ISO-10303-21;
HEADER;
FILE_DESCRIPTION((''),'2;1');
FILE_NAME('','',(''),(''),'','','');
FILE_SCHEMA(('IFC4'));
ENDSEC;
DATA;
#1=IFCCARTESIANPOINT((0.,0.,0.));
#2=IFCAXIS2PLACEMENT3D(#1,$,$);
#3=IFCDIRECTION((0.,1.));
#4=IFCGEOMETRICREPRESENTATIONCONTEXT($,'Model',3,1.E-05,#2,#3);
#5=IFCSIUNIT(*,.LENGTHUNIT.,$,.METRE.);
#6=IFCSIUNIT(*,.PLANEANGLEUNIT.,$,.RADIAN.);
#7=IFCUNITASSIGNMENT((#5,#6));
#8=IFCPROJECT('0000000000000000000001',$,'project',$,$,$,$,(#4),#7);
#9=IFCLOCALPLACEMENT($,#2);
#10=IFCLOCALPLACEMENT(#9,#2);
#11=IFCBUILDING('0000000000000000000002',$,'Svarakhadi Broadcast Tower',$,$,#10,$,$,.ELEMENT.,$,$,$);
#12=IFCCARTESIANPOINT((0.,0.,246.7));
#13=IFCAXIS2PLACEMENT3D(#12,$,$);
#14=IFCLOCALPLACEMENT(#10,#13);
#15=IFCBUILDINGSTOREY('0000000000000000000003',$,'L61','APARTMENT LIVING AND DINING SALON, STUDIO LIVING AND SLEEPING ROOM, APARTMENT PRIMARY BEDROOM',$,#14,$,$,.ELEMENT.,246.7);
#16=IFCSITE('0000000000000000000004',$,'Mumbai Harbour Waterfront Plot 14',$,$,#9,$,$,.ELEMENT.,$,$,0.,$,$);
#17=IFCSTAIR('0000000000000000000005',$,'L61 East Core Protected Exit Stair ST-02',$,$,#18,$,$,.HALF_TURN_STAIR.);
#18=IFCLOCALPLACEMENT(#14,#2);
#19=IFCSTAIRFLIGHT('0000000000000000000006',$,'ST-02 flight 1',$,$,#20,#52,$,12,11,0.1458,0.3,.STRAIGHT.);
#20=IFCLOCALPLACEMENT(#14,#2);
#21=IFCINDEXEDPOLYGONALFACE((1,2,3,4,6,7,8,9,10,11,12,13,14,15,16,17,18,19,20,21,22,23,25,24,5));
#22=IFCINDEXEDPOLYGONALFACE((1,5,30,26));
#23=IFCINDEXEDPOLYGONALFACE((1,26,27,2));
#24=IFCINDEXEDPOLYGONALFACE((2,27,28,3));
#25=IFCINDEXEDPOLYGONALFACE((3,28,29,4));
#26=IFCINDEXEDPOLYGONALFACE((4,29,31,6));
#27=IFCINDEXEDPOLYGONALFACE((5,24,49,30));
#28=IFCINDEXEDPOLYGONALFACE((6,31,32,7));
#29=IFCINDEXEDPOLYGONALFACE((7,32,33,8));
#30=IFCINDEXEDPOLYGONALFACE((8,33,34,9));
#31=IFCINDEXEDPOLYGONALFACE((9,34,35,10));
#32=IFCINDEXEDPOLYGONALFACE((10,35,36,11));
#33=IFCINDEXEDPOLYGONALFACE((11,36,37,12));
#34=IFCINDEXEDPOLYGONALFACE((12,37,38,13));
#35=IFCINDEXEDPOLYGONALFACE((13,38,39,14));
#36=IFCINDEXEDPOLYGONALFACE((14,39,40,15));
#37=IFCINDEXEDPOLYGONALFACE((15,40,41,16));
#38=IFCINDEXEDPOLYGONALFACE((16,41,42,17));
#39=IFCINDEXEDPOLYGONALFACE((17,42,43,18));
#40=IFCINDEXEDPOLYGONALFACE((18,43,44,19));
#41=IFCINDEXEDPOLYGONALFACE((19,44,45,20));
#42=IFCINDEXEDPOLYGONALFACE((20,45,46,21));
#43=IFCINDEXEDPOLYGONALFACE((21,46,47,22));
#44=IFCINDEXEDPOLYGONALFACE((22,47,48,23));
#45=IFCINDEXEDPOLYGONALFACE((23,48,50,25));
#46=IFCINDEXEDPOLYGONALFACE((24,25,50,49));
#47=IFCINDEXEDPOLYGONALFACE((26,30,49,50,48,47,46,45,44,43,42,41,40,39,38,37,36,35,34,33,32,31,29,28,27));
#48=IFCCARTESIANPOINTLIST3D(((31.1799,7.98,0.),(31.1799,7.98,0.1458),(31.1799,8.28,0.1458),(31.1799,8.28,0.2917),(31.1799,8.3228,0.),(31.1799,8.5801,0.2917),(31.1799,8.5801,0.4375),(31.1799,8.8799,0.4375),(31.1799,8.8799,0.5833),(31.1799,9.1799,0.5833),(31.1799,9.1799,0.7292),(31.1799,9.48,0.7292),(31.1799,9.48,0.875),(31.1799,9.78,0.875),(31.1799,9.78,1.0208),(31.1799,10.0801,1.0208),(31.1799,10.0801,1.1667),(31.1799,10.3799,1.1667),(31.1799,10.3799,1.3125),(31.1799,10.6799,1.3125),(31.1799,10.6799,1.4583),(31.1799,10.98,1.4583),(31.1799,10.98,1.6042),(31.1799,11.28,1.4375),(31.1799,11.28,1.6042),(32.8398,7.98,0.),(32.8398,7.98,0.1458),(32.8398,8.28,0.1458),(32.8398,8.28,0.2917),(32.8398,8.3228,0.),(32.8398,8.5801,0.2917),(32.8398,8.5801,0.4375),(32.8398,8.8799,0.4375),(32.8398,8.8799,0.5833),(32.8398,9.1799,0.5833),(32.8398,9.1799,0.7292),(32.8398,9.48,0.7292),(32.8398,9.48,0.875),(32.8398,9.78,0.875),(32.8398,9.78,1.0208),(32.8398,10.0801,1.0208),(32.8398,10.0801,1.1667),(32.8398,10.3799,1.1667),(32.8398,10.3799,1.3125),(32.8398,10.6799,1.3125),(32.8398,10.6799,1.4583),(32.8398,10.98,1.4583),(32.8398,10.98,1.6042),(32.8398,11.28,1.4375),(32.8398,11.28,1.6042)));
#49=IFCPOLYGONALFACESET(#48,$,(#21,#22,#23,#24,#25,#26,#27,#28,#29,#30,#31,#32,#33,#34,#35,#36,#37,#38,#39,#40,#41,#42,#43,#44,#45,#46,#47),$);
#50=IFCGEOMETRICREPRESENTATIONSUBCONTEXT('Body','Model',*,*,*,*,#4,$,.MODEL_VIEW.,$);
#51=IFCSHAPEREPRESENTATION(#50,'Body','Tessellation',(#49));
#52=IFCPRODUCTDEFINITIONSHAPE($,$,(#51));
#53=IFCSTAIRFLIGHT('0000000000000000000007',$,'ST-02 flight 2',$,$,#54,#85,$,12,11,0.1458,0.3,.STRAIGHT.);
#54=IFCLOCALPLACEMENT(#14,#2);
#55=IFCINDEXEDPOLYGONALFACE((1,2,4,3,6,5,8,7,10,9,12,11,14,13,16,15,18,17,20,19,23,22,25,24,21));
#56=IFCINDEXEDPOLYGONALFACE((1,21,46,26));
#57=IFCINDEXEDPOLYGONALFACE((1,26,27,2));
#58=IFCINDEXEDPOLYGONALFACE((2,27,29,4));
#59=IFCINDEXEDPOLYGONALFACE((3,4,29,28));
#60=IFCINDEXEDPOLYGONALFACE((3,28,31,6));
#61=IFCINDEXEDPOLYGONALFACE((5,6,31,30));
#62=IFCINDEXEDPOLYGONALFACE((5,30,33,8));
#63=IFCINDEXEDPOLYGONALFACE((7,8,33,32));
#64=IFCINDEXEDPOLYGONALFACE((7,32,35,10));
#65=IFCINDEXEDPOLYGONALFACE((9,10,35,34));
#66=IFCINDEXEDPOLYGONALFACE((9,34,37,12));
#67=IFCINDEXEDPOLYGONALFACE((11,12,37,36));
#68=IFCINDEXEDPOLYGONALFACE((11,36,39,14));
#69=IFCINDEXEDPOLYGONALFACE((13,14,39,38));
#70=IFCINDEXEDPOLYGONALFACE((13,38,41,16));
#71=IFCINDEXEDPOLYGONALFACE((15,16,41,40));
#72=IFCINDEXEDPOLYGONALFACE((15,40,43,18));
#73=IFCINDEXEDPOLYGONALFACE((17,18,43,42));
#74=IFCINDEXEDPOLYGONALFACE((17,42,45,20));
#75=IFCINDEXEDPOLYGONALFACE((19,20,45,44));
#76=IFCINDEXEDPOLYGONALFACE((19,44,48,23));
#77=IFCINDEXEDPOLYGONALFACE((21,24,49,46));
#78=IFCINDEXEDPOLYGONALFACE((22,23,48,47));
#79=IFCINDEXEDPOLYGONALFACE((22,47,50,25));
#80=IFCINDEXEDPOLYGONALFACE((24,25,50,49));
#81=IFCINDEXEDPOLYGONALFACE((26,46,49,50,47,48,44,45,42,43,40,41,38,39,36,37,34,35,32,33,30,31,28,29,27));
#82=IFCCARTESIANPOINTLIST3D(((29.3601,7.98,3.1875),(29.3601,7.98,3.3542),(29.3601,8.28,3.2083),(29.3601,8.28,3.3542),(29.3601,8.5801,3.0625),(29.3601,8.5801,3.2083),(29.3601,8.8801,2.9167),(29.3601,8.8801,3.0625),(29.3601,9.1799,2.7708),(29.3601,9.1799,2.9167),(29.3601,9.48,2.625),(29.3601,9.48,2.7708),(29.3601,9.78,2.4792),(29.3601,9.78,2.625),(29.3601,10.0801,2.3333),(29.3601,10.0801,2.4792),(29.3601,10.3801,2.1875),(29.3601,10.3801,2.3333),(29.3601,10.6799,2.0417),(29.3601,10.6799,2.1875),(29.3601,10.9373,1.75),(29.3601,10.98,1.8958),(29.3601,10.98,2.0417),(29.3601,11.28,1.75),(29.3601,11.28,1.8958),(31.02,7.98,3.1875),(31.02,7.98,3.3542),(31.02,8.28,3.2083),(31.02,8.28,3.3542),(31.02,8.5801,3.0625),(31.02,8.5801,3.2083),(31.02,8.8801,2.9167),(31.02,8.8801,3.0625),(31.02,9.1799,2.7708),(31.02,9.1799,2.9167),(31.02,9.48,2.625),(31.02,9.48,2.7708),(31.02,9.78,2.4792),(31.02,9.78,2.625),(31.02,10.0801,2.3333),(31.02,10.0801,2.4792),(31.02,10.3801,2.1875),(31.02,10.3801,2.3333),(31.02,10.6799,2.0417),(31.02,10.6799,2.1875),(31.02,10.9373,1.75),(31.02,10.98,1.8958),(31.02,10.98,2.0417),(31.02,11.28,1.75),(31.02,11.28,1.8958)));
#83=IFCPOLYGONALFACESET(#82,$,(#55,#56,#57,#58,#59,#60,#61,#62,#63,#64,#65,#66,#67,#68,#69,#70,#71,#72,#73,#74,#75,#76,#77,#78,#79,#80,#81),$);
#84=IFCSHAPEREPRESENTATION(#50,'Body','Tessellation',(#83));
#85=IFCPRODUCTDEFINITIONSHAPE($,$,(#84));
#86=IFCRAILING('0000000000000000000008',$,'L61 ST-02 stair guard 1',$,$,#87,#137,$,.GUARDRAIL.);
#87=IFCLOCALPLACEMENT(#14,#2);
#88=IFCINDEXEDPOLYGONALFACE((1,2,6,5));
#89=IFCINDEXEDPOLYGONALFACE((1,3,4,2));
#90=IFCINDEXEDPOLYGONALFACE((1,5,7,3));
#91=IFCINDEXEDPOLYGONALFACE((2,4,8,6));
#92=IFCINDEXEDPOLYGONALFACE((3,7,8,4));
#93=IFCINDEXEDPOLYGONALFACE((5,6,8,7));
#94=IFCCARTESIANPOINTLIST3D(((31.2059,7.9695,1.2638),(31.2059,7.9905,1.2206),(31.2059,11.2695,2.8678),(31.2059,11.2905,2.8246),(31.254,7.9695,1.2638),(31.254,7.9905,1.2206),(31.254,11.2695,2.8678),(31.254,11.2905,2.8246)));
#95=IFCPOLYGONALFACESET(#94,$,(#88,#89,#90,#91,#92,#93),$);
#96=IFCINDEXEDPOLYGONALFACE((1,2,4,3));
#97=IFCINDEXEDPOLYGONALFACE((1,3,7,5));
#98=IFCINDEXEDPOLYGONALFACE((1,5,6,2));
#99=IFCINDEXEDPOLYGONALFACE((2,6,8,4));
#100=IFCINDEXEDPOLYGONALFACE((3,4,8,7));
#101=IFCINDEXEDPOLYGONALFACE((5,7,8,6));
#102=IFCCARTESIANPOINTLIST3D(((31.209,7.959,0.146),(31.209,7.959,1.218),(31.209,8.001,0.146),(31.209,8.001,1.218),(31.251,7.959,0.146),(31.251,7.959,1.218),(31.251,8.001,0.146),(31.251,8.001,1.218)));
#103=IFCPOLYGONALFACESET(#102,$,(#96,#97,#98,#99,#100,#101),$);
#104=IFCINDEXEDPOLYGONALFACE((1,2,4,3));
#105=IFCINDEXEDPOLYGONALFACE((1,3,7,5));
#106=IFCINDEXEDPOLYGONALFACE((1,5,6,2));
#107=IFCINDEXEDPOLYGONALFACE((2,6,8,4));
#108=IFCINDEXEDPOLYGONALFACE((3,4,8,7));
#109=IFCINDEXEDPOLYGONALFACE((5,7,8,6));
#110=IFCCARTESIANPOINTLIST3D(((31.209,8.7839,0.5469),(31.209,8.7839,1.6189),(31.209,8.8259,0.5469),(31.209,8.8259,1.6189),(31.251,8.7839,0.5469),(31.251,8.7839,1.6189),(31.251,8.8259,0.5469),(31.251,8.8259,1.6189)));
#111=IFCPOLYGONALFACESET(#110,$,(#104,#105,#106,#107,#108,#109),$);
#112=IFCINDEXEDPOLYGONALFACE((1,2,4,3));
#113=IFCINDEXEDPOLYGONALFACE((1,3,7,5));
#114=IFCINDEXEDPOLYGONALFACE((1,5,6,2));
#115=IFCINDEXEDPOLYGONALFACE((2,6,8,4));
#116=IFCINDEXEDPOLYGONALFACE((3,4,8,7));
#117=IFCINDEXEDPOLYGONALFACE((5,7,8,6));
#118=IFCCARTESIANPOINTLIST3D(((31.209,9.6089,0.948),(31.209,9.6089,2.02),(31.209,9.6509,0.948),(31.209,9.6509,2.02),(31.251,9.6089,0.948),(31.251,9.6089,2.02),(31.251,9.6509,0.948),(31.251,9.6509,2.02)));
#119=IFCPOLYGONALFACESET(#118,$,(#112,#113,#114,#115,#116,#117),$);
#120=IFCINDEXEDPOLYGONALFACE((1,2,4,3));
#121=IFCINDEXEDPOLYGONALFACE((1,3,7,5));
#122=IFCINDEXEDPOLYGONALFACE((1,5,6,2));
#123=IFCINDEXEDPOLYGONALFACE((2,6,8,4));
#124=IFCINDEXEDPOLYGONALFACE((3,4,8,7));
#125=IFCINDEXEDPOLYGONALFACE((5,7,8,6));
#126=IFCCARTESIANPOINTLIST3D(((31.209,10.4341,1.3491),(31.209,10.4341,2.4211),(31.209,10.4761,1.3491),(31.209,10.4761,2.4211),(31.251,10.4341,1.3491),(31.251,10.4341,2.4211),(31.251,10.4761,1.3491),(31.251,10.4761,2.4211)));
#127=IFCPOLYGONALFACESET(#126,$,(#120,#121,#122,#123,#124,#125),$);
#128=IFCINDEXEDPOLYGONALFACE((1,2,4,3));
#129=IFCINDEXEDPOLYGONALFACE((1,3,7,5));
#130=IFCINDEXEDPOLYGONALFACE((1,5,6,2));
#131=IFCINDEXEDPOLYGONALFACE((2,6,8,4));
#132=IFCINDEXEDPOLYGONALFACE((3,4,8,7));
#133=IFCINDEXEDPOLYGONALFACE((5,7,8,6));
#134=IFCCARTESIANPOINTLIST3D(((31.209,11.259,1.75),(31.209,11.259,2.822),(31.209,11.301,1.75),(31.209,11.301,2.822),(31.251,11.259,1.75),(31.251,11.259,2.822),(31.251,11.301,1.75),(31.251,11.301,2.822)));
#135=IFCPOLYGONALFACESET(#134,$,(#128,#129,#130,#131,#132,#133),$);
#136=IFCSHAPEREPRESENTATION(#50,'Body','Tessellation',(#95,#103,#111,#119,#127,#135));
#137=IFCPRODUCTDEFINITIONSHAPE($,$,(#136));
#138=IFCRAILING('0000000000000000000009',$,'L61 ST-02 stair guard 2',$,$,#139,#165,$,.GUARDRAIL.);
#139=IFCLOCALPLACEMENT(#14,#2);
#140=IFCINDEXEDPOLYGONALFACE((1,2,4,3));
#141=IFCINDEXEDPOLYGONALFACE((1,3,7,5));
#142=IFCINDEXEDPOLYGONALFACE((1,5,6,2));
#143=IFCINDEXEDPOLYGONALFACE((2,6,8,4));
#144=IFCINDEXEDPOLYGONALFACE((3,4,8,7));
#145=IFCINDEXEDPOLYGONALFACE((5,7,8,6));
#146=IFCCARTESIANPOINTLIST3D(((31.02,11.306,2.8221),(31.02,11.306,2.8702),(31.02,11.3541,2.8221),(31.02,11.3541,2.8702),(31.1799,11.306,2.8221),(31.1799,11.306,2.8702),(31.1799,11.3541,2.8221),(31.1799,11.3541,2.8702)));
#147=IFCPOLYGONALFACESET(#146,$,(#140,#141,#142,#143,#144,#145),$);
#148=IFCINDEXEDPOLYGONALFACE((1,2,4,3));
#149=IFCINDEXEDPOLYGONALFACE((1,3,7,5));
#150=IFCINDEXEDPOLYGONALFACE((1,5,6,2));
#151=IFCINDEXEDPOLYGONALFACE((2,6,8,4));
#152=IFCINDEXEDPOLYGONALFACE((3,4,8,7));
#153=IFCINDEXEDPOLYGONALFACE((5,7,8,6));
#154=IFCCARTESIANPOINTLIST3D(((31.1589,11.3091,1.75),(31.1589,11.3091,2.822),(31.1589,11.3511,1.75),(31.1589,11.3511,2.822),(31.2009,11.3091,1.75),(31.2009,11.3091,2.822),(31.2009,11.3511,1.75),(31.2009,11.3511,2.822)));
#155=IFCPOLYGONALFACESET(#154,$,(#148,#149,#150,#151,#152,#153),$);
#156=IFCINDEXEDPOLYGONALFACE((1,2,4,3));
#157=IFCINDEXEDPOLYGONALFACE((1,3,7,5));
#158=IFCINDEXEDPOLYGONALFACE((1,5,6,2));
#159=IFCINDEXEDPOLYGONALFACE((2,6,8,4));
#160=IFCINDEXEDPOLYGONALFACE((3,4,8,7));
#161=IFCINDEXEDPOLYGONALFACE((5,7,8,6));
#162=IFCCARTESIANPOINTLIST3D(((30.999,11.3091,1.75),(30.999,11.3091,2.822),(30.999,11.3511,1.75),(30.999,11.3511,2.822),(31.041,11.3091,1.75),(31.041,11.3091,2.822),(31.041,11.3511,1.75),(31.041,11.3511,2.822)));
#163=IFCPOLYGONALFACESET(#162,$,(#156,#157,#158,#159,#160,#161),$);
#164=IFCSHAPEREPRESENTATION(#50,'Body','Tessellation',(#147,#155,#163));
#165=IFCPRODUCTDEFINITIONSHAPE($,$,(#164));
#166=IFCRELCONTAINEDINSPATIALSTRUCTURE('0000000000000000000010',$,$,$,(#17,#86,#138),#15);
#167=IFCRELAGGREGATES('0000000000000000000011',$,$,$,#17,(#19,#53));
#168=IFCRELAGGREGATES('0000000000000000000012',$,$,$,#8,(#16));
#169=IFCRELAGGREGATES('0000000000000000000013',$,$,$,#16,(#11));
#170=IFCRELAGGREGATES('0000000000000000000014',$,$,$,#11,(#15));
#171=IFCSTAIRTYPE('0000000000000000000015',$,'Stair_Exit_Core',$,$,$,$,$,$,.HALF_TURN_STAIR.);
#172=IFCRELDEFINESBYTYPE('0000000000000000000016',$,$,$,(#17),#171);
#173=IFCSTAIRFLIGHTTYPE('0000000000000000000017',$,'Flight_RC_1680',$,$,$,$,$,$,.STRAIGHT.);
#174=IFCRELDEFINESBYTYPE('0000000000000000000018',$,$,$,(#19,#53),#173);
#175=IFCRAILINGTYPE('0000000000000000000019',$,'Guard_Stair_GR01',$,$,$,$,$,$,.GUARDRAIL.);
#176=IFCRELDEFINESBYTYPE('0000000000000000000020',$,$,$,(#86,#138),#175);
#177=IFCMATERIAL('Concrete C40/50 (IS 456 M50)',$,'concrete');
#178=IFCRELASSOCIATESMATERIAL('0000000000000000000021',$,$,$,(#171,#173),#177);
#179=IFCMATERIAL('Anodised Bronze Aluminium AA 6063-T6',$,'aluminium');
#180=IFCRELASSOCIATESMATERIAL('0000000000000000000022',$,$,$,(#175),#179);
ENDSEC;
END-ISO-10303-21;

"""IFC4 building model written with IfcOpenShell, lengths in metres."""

from ifc_helpers import new_model, si_unit, direction, frame, origin, origin_2d, place, context, subcontext, project, spatial, polyline, rectangle, outline, extrude, material, type_object, element, aggregate, save


model = new_model("IFC4")

# Units and contexts
model_context = context("Model", 3, precision=1e-05, world=origin(), true_north=direction((0.0, 1.0)))
body_context = subcontext(model_context, "Body", "Model", "MODEL_VIEW")
ifc_project = project(units=[si_unit("LENGTHUNIT", "METRE"), si_unit("PLANEANGLEUNIT", "RADIAN")], contexts=[model_context])

# Site, building, storey
site_placement = place(None, origin())
site = spatial("IfcSite", under=ifc_project, at=site_placement, Name="Mumbai Harbour Waterfront Plot 14", CompositionType="ELEMENT", RefElevation=0.0)
building_placement = place(site_placement, origin())
building = spatial("IfcBuilding", under=site, at=building_placement, Name="Svarakhadi Broadcast Tower", CompositionType="ELEMENT")
storey_placement = place(building_placement, frame((0.0, 0.0, 246.7)))
storey = spatial("IfcBuildingStorey", under=building, at=storey_placement, Name="L61", Description="APARTMENT LIVING AND DINING SALON, STUDIO LIVING AND SLEEPING ROOM, APARTMENT PRIMARY BEDROOM", CompositionType="ELEMENT", Elevation=246.7)

# Shared definitions
ifc_material_1 = material(Name="Anodised Bronze Aluminium AA 6063-T6", Category="aluminium")

# Shared definitions
ifc_material_2 = material(Name="Concrete C40/50 (IS 456 M50)", Category="concrete")

# Stair, stair flights
stair_type = type_object("IfcStairType", Name="Stair_Exit_Core", PredefinedType="HALF_TURN_STAIR", material=ifc_material_2)
stair_placement = place(storey_placement, origin())
stair = element("IfcStair", 1, at=stair_placement, inside=storey, type_object=stair_type, Name="L61 East Core Protected Exit Stair ST-02", PredefinedType="HALF_TURN_STAIR")
stair_flight_type = type_object("IfcStairFlightType", Name="Flight_RC_1680", PredefinedType="STRAIGHT", material=ifc_material_2)
stair_flight_1_placement = place(storey_placement, frame((32.01, 7.98, 0.0), z_axis=(0.0, 0.0, 1.0), x_axis=(0.0, 1.0, 0.0)))
stair_flight_1 = element("IfcStairFlight", 2, at=stair_flight_1_placement, type_object=stair_flight_type, Name="ST-02 flight 1", NumberOfRisers=12, NumberOfTreads=11, PredefinedType="STRAIGHT", RiserHeight=0.1458, TreadLength=0.3, context=body_context, shape_type="SweptSolid", body=[
    extrude(outline(polyline([(0.0, 0.0), (0.0, 0.1458), (0.3, 0.1458), (0.3, 0.2917), (0.6001, 0.2917), (0.6001, 0.4375), (0.8999, 0.4375), (0.8999, 0.5833), (1.2, 0.5833), (1.2, 0.7292), (1.5, 0.7292), (1.5, 0.875), (1.8, 0.875), (1.8, 1.0208), (2.1001, 1.0208), (2.1001, 1.1667), (2.3999, 1.1667), (2.3999, 1.3125), (2.7, 1.3125), (2.7, 1.4583), (3.0, 1.4583), (3.0, 1.6042), (3.3, 1.6042), (3.3, 1.75), (3.3, 1.4375), (0.3428, 0.0), (0.0, 0.0)])), frame((0.0, 0.8301, 0.0), z_axis=(0.0, -1.0, 0.0), x_axis=(1.0, 0.0, 0.0)), (0.0, 0.0, 1.0), 1.6599),
])
stair_flight_2_placement = place(storey_placement, frame((30.1899, 11.28, 1.75), z_axis=(0.0, 0.0, 1.0), x_axis=(0.0, -1.0, 0.0)))
stair_flight_2 = element("IfcStairFlight", 3, at=stair_flight_2_placement, type_object=stair_flight_type, Name="ST-02 flight 2", NumberOfRisers=12, NumberOfTreads=11, PredefinedType="STRAIGHT", RiserHeight=0.1458, TreadLength=0.3, context=body_context, shape_type="SweptSolid", body=[
    extrude(outline(polyline([(0.0, 0.0), (0.0, 0.1458), (0.3, 0.1458), (0.3, 0.2917), (0.6001, 0.2917), (0.6001, 0.4375), (0.8999, 0.4375), (0.8999, 0.5833), (1.2, 0.5833), (1.2, 0.7292), (1.5, 0.7292), (1.5, 0.875), (1.8, 0.875), (1.8, 1.0208), (2.1001, 1.0208), (2.1001, 1.1667), (2.3999, 1.1667), (2.3999, 1.3125), (2.7, 1.3125), (2.7, 1.4583), (3.0, 1.4583), (3.0, 1.6042), (3.3, 1.6042), (3.3, 1.75), (3.3, 1.4375), (0.3428, 0.0), (0.0, 0.0)])), frame((0.0, 0.8301, 0.0), z_axis=(0.0, -1.0, 0.0), x_axis=(1.0, 0.0, 0.0)), (0.0, 0.0, 1.0), 1.6599),
])
aggregate(stair, [stair_flight_1, stair_flight_2])

# Railings
railing_type_1 = type_object("IfcRailingType", Name="Guard_Stair_GR01", PredefinedType="GUARDRAIL", material=ifc_material_1)
railing_1_placement = place(storey_placement, frame((31.23, 7.98, 0.146)))
element("IfcRailing", 4, at=railing_1_placement, inside=storey, type_object=railing_type_1, Name="L61 ST-02 stair guard 1", PredefinedType="GUARDRAIL", context=body_context, shape_type="SweptSolid", body=[
    extrude(rectangle(XDim=0.0481, YDim=0.0481, at=origin_2d()), frame((0.0, 0.0, 1.0962), z_axis=(0.0, 0.899388, 0.437152), x_axis=(-1.0, 0.0, 0.0)), (0.0, 0.0, 1.0), 3.6692),
    extrude(rectangle(XDim=0.042, YDim=0.042, at=origin_2d()), origin(), (0.0, 0.0, 1.0), 1.072),
    extrude(rectangle(XDim=0.042, YDim=0.042, at=origin_2d()), frame((0.0, 0.825, 0.4009)), (0.0, 0.0, 1.0), 1.072),
    extrude(rectangle(XDim=0.042, YDim=0.042, at=origin_2d()), frame((0.0, 1.6499, 0.802)), (0.0, 0.0, 1.0), 1.072),
    extrude(rectangle(XDim=0.042, YDim=0.042, at=origin_2d()), frame((0.0, 2.4751, 1.2031)), (0.0, 0.0, 1.0), 1.072),
    extrude(rectangle(XDim=0.042, YDim=0.042, at=origin_2d()), frame((0.0, 3.3, 1.604)), (0.0, 0.0, 1.0), 1.072),
])
railing_2_placement = place(storey_placement, frame((31.1799, 11.3301, 1.75)))
element("IfcRailing", 5, at=railing_2_placement, inside=storey, type_object=railing_type_1, Name="L61 ST-02 stair guard 2", PredefinedType="GUARDRAIL", context=body_context, shape_type="SweptSolid", body=[
    extrude(rectangle(XDim=0.0481, YDim=0.0481, at=origin_2d()), frame((0.0, 0.0, 1.0962), z_axis=(-1.0, 0.0, 0.0), x_axis=(0.0, -1.0, 0.0)), (0.0, 0.0, 1.0), 0.1599),
    extrude(rectangle(XDim=0.042, YDim=0.042, at=origin_2d()), origin(), (0.0, 0.0, 1.0), 1.072),
    extrude(rectangle(XDim=0.042, YDim=0.042, at=origin_2d()), frame((-0.1599, 0.0, 0.0)), (0.0, 0.0, 1.0), 1.072),
])

save(model, "model.ifc")
